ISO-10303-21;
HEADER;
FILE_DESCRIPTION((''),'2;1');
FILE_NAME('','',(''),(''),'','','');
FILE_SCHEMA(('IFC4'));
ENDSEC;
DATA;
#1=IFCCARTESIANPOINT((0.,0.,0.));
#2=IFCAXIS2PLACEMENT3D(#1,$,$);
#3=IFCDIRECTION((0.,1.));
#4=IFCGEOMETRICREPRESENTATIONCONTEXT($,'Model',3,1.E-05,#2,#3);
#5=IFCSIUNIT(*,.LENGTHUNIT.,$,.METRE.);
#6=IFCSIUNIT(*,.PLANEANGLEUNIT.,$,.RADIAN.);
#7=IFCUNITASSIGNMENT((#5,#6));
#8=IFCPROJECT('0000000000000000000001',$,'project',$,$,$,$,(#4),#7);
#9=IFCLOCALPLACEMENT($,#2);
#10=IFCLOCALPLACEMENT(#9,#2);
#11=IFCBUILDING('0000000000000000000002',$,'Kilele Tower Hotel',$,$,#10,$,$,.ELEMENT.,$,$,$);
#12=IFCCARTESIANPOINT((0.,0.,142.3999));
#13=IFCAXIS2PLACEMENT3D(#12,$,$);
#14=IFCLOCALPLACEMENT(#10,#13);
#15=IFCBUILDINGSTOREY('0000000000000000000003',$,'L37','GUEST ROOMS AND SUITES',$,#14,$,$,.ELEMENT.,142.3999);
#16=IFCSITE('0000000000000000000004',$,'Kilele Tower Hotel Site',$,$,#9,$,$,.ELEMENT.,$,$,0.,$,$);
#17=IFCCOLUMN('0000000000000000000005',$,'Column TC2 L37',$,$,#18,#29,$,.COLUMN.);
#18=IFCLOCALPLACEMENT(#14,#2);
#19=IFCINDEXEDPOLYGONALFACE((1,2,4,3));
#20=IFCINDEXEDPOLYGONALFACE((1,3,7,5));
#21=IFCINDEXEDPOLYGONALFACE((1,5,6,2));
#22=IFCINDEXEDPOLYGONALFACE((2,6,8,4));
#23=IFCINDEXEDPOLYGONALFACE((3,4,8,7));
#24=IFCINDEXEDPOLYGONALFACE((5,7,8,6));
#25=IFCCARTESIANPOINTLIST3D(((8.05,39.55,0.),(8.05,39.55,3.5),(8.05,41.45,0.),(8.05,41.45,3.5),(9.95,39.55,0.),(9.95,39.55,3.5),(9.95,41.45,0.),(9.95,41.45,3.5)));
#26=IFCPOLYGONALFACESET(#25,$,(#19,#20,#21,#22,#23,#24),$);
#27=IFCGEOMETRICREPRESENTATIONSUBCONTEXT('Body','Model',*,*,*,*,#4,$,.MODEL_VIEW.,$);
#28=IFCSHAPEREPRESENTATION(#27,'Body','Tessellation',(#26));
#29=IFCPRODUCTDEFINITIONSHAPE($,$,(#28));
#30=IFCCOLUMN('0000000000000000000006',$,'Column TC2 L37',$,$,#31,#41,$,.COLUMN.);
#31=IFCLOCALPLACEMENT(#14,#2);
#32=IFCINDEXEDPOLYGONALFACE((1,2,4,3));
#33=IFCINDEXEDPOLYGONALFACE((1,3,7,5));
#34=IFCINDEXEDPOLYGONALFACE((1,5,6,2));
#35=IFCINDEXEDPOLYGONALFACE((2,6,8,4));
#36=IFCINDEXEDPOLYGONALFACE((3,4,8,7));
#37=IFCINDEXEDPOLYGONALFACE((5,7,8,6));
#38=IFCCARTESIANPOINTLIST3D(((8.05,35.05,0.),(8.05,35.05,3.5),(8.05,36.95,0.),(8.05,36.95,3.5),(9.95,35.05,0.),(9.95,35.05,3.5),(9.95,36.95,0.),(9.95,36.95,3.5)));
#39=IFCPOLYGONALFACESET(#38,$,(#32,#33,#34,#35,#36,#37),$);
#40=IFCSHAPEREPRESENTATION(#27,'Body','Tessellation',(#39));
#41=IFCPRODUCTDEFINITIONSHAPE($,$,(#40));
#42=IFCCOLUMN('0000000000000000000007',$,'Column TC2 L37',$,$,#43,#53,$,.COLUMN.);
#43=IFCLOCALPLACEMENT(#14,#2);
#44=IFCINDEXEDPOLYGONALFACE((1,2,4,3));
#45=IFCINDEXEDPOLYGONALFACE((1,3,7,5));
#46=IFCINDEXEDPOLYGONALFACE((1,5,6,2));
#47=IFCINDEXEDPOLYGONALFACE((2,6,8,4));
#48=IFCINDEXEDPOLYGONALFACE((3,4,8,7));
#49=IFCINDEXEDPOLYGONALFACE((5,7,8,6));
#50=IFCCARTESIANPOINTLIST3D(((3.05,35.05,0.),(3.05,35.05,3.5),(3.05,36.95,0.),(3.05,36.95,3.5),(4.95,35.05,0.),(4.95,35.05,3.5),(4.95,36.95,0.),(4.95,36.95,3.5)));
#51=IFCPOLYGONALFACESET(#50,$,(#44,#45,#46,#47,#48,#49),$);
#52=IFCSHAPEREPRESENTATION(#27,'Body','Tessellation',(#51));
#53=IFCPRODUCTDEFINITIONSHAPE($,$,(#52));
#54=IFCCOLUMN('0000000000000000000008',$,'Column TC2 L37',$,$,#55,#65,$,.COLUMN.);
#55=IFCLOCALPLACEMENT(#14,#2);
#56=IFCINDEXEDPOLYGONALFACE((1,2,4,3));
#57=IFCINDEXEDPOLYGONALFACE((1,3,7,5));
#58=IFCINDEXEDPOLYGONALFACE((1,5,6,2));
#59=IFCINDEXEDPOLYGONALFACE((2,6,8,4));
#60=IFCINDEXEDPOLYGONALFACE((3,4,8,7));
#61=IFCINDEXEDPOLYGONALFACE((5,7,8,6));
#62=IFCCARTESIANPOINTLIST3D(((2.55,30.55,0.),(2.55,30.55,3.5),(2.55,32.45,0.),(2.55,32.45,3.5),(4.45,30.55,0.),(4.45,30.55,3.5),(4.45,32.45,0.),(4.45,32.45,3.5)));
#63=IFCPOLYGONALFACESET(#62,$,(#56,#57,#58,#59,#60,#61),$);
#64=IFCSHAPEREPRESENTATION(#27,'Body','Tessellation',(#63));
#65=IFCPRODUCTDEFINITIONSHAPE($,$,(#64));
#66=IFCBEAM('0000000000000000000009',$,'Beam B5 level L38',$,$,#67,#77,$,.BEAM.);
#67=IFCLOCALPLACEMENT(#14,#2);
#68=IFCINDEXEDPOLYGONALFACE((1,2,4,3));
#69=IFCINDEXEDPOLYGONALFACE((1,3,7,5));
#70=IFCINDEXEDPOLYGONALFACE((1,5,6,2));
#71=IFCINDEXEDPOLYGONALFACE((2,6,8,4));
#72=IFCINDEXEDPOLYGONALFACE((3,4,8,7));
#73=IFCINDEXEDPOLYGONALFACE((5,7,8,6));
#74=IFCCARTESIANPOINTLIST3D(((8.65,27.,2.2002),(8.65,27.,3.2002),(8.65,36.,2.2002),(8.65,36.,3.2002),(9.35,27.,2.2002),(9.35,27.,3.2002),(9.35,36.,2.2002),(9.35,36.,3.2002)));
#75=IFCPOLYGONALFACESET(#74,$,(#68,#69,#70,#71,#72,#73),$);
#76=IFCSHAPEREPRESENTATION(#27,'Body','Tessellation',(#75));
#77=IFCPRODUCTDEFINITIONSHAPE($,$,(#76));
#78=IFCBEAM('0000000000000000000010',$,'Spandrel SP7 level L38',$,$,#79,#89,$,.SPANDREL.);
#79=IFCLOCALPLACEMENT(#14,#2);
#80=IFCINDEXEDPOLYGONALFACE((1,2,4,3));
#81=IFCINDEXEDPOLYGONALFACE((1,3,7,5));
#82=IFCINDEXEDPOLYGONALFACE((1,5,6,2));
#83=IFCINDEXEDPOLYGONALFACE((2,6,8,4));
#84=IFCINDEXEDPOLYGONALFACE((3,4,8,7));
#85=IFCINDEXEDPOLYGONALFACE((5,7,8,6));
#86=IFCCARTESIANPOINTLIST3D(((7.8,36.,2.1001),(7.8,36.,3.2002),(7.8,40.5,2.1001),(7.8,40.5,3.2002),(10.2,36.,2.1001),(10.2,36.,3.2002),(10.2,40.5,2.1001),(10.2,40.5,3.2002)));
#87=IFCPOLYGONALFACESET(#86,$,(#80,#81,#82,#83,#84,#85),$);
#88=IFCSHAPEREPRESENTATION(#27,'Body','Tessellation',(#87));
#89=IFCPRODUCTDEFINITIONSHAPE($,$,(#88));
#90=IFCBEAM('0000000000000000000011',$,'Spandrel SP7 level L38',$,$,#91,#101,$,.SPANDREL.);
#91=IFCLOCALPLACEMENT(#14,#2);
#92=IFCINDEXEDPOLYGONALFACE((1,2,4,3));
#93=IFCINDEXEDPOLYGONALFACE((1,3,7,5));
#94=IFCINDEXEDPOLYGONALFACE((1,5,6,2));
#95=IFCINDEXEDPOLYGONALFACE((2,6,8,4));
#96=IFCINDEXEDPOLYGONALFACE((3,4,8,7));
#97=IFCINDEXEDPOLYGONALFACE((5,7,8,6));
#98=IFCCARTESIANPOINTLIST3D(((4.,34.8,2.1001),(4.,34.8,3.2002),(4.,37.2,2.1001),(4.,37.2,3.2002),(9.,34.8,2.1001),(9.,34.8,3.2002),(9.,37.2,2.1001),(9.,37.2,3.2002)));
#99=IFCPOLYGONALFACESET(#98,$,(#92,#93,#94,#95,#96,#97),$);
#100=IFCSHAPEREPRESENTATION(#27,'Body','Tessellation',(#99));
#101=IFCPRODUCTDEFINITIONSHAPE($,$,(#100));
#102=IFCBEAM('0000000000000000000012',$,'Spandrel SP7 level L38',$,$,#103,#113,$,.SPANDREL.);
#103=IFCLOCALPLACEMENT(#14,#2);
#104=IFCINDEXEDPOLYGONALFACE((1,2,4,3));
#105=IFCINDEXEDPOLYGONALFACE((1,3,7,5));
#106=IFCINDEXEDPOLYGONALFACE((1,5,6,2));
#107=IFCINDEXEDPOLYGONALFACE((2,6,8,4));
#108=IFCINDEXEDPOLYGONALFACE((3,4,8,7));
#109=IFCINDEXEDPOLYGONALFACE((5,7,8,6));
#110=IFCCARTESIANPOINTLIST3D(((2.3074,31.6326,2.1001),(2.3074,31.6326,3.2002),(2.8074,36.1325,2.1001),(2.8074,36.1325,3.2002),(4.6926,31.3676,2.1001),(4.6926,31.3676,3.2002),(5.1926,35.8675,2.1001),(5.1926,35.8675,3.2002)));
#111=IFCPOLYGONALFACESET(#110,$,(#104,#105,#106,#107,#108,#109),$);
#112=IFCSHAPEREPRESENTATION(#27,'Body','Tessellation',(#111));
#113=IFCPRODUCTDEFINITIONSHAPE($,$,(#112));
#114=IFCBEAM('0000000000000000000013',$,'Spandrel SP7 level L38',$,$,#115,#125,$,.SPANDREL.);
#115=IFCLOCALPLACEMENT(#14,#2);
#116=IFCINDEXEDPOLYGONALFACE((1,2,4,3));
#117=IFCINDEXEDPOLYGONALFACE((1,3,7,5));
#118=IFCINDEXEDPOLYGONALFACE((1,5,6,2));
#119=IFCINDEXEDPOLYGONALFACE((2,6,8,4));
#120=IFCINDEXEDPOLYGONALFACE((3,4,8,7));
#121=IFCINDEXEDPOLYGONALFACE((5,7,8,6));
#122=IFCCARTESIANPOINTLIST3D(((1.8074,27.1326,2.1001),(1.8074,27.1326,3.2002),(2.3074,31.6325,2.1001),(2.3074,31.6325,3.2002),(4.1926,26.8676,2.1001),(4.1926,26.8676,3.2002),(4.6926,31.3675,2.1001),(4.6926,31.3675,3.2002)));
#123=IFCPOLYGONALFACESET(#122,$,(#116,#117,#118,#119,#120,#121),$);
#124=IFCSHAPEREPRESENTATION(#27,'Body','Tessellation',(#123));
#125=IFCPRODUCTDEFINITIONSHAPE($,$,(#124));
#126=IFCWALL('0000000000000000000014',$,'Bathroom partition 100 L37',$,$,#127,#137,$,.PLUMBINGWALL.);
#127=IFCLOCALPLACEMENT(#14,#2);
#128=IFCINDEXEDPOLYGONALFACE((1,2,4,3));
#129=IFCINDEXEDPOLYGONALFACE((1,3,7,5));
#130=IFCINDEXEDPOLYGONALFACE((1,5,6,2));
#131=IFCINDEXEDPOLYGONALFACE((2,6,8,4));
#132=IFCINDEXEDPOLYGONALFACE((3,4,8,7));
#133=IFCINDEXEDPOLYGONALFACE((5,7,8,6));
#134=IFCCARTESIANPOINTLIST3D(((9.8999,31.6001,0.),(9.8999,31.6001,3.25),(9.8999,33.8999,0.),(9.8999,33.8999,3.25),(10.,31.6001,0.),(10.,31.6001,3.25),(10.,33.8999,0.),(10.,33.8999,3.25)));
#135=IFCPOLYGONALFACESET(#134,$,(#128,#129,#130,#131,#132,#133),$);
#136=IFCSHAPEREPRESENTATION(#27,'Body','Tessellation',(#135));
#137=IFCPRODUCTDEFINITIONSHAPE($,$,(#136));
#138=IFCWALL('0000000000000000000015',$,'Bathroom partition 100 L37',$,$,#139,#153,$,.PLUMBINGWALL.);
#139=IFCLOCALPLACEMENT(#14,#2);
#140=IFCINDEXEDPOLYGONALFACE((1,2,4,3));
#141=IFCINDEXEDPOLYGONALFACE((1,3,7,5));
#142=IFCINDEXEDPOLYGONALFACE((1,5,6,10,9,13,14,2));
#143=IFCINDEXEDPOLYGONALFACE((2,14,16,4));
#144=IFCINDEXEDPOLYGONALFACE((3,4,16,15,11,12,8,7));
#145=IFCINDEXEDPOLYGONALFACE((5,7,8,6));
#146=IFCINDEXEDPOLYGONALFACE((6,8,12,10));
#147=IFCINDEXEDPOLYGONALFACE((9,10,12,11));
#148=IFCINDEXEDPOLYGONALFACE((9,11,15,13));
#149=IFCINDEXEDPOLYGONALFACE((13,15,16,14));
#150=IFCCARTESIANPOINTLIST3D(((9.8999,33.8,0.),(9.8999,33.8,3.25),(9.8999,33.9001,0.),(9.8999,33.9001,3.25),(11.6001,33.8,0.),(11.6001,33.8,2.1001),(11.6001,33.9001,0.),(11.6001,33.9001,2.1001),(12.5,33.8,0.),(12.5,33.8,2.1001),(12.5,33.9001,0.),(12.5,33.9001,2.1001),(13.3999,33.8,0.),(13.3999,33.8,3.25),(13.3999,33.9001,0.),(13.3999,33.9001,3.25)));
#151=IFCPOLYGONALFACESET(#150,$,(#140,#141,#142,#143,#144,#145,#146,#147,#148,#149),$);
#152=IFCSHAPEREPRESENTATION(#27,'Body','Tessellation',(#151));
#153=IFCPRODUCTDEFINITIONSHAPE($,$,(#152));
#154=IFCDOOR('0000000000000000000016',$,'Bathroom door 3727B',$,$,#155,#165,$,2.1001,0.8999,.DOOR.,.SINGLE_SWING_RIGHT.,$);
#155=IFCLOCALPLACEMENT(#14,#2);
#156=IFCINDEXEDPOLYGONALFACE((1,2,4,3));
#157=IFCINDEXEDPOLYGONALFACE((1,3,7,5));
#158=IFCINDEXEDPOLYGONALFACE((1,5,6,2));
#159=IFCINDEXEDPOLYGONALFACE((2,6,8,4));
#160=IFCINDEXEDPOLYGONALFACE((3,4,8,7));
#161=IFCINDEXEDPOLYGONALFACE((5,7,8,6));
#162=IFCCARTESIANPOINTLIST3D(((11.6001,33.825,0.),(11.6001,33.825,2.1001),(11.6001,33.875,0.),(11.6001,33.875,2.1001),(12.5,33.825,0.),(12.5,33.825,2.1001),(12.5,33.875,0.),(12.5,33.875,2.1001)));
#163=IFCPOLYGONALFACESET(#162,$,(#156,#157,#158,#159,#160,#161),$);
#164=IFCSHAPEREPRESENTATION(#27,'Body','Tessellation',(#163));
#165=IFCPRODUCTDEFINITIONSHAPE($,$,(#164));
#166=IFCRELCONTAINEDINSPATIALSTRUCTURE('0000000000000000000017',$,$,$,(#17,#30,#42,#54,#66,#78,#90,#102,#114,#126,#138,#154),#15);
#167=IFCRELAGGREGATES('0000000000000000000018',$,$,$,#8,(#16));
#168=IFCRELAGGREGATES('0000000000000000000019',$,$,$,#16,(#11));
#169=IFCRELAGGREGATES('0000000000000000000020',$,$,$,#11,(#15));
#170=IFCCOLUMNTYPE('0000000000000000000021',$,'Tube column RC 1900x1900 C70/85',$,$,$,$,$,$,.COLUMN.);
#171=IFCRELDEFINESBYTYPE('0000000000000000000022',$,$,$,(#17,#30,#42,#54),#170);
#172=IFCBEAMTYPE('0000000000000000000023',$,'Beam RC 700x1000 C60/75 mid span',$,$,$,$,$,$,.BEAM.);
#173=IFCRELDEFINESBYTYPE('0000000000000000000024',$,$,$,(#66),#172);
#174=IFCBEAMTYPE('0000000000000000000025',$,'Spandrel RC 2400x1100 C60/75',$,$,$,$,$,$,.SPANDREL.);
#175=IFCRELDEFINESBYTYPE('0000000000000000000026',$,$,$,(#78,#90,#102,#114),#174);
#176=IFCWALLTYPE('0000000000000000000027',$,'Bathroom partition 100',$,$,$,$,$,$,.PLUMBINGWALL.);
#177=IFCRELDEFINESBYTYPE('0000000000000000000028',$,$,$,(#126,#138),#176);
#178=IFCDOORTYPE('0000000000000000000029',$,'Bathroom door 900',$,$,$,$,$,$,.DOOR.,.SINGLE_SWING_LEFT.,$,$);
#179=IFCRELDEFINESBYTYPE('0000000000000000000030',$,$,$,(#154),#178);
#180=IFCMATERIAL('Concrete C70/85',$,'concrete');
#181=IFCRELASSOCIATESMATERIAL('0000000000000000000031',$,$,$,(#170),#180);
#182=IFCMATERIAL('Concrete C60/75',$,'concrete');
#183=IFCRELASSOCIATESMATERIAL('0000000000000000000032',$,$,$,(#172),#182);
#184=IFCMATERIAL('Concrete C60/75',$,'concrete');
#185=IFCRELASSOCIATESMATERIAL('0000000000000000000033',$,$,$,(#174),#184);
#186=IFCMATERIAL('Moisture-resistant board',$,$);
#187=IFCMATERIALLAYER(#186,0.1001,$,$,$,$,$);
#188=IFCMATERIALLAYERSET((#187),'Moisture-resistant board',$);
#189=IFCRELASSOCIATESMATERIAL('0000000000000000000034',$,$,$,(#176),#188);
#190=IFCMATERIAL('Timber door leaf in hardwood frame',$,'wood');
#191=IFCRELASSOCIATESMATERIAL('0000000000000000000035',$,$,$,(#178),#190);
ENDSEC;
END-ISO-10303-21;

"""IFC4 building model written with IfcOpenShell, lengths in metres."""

from ifc_helpers import new_model, si_unit, direction, frame, frame_2d, origin, origin_2d, place, context, subcontext, project, spatial, rectangle, extrude, material, layer, layer_set, material_profile, profile_set, type_object, element, fill, save


model = new_model("IFC4")

# Units and contexts
model_context = context("Model", 3, precision=1e-05, world=origin(), true_north=direction((0.0, 1.0)))
body_context = subcontext(model_context, "Body", "Model", "MODEL_VIEW")
ifc_project = project(units=[si_unit("LENGTHUNIT", "METRE"), si_unit("PLANEANGLEUNIT", "RADIAN")], contexts=[model_context])

# Site, building, storey
site_placement = place(None, origin())
site = spatial("IfcSite", under=ifc_project, at=site_placement, Name="Kilele Tower Hotel Site", CompositionType="ELEMENT", RefElevation=0.0)
building_placement = place(site_placement, origin())
building = spatial("IfcBuilding", under=site, at=building_placement, Name="Kilele Tower Hotel", CompositionType="ELEMENT")
storey_placement = place(building_placement, frame((0.0, 0.0, 142.3999)))
storey = spatial("IfcBuildingStorey", under=building, at=storey_placement, Name="L37", Description="GUEST ROOMS AND SUITES", CompositionType="ELEMENT", Elevation=142.3999)

# Columns
ifc_material_1 = material(Name="Concrete C70/85", Category="concrete")
ifc_material_profile_1 = material_profile(ifc_material_1, rectangle(XDim=1.8999, YDim=1.8999, at=origin_2d()))
ifc_profile_set_1 = profile_set([ifc_material_profile_1], Name="Concrete C70/85")
column_type = type_object("IfcColumnType", Name="Tube column RC 1900x1900 C70/85", PredefinedType="COLUMN", material=ifc_profile_set_1)
for number, where, z_axis, x_axis, name in (
    (1, (9.0, 40.5, 0.0), (0.0, 0.0, 1.0), (1.0, 0.0, 0.0), "Column TC2 L37"),
    (2, (9.0, 36.0, 0.0), (0.0, 0.0, 1.0), (1.0, 0.0, 0.0), "Column TC2 L37"),
    (3, (4.0, 36.0, 0.0), (0.0, 0.0, 1.0), (1.0, 0.0, 0.0), "Column TC2 L37"),
    (4, (3.5, 31.5, 0.0), (0.0, 0.0, 1.0), (1.0, 0.0, 0.0), "Column TC2 L37"),
):
    element("IfcColumn", number, at=place(storey_placement, frame(where, z_axis=z_axis, x_axis=x_axis)), inside=storey, type_object=column_type, Name=name, PredefinedType="COLUMN", context=body_context, shape_type="SweptSolid", body=[
        extrude(rectangle(XDim=1.8999, YDim=1.8999, at=origin_2d()), origin(), (0.0, 0.0, 1.0), 3.5),
    ])

# Beams
ifc_material_2 = material(Name="Concrete C60/75", Category="concrete")
ifc_material_profile_2 = material_profile(ifc_material_2, rectangle(XDim=0.7, YDim=1.0, at=origin_2d()))
ifc_profile_set_2 = profile_set([ifc_material_profile_2], Name="Concrete C60/75")
beam_type_1 = type_object("IfcBeamType", Name="Beam RC 700x1000 C60/75 mid span", PredefinedType="BEAM", material=ifc_profile_set_2)
beam_1_placement = place(storey_placement, frame((9.0, 36.0, 2.7002), z_axis=(0.0, -1.0, 0.0), x_axis=(1.0, 0.0, 0.0)))
element("IfcBeam", 5, at=beam_1_placement, inside=storey, type_object=beam_type_1, Name="Beam B5 level L38", PredefinedType="BEAM", context=body_context, shape_type="SweptSolid", body=[
    extrude(rectangle(XDim=0.7, YDim=1.0, at=origin_2d()), origin(), (0.0, 0.0, 1.0), 9.0),
])
ifc_material_3 = material(Name="Concrete C60/75", Category="concrete")
ifc_material_profile_3 = material_profile(ifc_material_3, rectangle(XDim=2.3999, YDim=1.1001, at=origin_2d()))
ifc_profile_set_3 = profile_set([ifc_material_profile_3], Name="Concrete C60/75")
beam_type_2 = type_object("IfcBeamType", Name="Spandrel RC 2400x1100 C60/75", PredefinedType="SPANDREL", material=ifc_profile_set_3)
beam_2_placement = place(storey_placement, frame((9.0, 40.5, 2.6501), z_axis=(0.0, -1.0, 0.0), x_axis=(1.0, 0.0, 0.0)))
element("IfcBeam", 6, at=beam_2_placement, inside=storey, type_object=beam_type_2, Name="Spandrel SP7 level L38", PredefinedType="SPANDREL", context=body_context, shape_type="SweptSolid", body=[
    extrude(rectangle(XDim=2.3999, YDim=1.1001, at=origin_2d()), origin(), (0.0, 0.0, 1.0), 4.5),
])
beam_3_placement = place(storey_placement, frame((9.0, 36.0, 2.6501), z_axis=(-1.0, 0.0, 0.0), x_axis=(0.0, -1.0, 0.0)))
element("IfcBeam", 7, at=beam_3_placement, inside=storey, type_object=beam_type_2, Name="Spandrel SP7 level L38", PredefinedType="SPANDREL", context=body_context, shape_type="SweptSolid", body=[
    extrude(rectangle(XDim=2.3999, YDim=1.1001, at=origin_2d()), origin(), (0.0, 0.0, 1.0), 5.0),
])
for number, where, z_axis, x_axis, name in (
    (8, (4.0, 36.0, 2.6501), (-0.110432, -0.993884, 0.0), (0.993884, -0.110432, 0.0), "Spandrel SP7 level L38"),
    (9, (3.5, 31.5, 2.6501), (-0.110432, -0.993884, 0.0), (0.993884, -0.110432, 0.0), "Spandrel SP7 level L38"),
):
    element("IfcBeam", number, at=place(storey_placement, frame(where, z_axis=z_axis, x_axis=x_axis)), inside=storey, type_object=beam_type_2, Name=name, PredefinedType="SPANDREL", context=body_context, shape_type="SweptSolid", body=[
        extrude(rectangle(XDim=2.3999, YDim=1.1001, at=origin_2d()), origin(), (0.0, 0.0, 1.0), 4.5276),
    ])

# Wall
ifc_material_4 = material(Name="Moisture-resistant board")
ifc_layer_1 = layer(ifc_material_4, 0.1001)
ifc_layer_set_1 = layer_set([ifc_layer_1], Name="Moisture-resistant board")
wall_type_1 = type_object("IfcWallType", Name="Bathroom partition 100", PredefinedType="PLUMBINGWALL", material=ifc_layer_set_1)
wall_1_placement = place(storey_placement, frame((9.95, 31.6001, 0.0), z_axis=(0.0, 0.0, 1.0), x_axis=(0.0, 1.0, 0.0)))
element("IfcWall", 10, at=wall_1_placement, inside=storey, type_object=wall_type_1, Name="Bathroom partition 100 L37", PredefinedType="PLUMBINGWALL", context=body_context, shape_type="SweptSolid", body=[
    extrude(rectangle(XDim=2.2998, YDim=0.1001, at=frame_2d((1.1499, 0.0))), origin(), (0.0, 0.0, 1.0), 3.25),
])

# Wall, opening, door
wall_2_placement = place(storey_placement, frame((13.3999, 33.8501, 0.0), z_axis=(0.0, 0.0, 1.0), x_axis=(-1.0, 0.0, 0.0)))
wall_2 = element("IfcWall", 11, at=wall_2_placement, inside=storey, type_object=wall_type_1, Name="Bathroom partition 100 L37", PredefinedType="PLUMBINGWALL", context=body_context, shape_type="SweptSolid", body=[
    extrude(rectangle(XDim=3.5, YDim=0.1001, at=frame_2d((1.75, 0.0))), origin(), (0.0, 0.0, 1.0), 3.25),
])
opening_1_placement = place(wall_2_placement, frame((1.7998, 0.0, 0.0), z_axis=(0.0, 0.0, 1.0), x_axis=(-1.0, 0.0, 0.0)))
opening_1 = element("IfcOpeningElement", 12, at=opening_1_placement, cuts=wall_2, PredefinedType="OPENING", context=body_context, shape_type="SweptSolid", body=[
    extrude(rectangle(XDim=0.8999, YDim=2.1001, at=frame_2d((0.45, 1.05))), frame((0.0, 0.0601, 0.0), z_axis=(0.0, -1.0, 0.0), x_axis=(1.0, 0.0, 0.0)), (0.0, 0.0, 1.0), 0.1201),
])
ifc_material_5 = material(Name="Timber door leaf in hardwood frame", Category="wood")
door_type_1 = type_object("IfcDoorType", Name="Bathroom door 900", OperationType="SINGLE_SWING_LEFT", PredefinedType="DOOR", material=ifc_material_5)
door_1_placement = place(opening_1_placement, origin())
door_1 = element("IfcDoor", 13, at=door_1_placement, inside=storey, type_object=door_type_1, Name="Bathroom door 3727B", OperationType="SINGLE_SWING_RIGHT", OverallHeight=2.1001, OverallWidth=0.8999, PredefinedType="DOOR", context=body_context, shape_type="SweptSolid", body=[
    extrude(rectangle(XDim=0.8999, YDim=2.1001, at=frame_2d((0.45, 1.05))), frame((0.0, 0.0249, 0.0), z_axis=(0.0, -1.0, 0.0), x_axis=(1.0, 0.0, 0.0)), (0.0, 0.0, 1.0), 0.05),
])
fill(opening_1, door_1)

save(model, "model.ifc")
